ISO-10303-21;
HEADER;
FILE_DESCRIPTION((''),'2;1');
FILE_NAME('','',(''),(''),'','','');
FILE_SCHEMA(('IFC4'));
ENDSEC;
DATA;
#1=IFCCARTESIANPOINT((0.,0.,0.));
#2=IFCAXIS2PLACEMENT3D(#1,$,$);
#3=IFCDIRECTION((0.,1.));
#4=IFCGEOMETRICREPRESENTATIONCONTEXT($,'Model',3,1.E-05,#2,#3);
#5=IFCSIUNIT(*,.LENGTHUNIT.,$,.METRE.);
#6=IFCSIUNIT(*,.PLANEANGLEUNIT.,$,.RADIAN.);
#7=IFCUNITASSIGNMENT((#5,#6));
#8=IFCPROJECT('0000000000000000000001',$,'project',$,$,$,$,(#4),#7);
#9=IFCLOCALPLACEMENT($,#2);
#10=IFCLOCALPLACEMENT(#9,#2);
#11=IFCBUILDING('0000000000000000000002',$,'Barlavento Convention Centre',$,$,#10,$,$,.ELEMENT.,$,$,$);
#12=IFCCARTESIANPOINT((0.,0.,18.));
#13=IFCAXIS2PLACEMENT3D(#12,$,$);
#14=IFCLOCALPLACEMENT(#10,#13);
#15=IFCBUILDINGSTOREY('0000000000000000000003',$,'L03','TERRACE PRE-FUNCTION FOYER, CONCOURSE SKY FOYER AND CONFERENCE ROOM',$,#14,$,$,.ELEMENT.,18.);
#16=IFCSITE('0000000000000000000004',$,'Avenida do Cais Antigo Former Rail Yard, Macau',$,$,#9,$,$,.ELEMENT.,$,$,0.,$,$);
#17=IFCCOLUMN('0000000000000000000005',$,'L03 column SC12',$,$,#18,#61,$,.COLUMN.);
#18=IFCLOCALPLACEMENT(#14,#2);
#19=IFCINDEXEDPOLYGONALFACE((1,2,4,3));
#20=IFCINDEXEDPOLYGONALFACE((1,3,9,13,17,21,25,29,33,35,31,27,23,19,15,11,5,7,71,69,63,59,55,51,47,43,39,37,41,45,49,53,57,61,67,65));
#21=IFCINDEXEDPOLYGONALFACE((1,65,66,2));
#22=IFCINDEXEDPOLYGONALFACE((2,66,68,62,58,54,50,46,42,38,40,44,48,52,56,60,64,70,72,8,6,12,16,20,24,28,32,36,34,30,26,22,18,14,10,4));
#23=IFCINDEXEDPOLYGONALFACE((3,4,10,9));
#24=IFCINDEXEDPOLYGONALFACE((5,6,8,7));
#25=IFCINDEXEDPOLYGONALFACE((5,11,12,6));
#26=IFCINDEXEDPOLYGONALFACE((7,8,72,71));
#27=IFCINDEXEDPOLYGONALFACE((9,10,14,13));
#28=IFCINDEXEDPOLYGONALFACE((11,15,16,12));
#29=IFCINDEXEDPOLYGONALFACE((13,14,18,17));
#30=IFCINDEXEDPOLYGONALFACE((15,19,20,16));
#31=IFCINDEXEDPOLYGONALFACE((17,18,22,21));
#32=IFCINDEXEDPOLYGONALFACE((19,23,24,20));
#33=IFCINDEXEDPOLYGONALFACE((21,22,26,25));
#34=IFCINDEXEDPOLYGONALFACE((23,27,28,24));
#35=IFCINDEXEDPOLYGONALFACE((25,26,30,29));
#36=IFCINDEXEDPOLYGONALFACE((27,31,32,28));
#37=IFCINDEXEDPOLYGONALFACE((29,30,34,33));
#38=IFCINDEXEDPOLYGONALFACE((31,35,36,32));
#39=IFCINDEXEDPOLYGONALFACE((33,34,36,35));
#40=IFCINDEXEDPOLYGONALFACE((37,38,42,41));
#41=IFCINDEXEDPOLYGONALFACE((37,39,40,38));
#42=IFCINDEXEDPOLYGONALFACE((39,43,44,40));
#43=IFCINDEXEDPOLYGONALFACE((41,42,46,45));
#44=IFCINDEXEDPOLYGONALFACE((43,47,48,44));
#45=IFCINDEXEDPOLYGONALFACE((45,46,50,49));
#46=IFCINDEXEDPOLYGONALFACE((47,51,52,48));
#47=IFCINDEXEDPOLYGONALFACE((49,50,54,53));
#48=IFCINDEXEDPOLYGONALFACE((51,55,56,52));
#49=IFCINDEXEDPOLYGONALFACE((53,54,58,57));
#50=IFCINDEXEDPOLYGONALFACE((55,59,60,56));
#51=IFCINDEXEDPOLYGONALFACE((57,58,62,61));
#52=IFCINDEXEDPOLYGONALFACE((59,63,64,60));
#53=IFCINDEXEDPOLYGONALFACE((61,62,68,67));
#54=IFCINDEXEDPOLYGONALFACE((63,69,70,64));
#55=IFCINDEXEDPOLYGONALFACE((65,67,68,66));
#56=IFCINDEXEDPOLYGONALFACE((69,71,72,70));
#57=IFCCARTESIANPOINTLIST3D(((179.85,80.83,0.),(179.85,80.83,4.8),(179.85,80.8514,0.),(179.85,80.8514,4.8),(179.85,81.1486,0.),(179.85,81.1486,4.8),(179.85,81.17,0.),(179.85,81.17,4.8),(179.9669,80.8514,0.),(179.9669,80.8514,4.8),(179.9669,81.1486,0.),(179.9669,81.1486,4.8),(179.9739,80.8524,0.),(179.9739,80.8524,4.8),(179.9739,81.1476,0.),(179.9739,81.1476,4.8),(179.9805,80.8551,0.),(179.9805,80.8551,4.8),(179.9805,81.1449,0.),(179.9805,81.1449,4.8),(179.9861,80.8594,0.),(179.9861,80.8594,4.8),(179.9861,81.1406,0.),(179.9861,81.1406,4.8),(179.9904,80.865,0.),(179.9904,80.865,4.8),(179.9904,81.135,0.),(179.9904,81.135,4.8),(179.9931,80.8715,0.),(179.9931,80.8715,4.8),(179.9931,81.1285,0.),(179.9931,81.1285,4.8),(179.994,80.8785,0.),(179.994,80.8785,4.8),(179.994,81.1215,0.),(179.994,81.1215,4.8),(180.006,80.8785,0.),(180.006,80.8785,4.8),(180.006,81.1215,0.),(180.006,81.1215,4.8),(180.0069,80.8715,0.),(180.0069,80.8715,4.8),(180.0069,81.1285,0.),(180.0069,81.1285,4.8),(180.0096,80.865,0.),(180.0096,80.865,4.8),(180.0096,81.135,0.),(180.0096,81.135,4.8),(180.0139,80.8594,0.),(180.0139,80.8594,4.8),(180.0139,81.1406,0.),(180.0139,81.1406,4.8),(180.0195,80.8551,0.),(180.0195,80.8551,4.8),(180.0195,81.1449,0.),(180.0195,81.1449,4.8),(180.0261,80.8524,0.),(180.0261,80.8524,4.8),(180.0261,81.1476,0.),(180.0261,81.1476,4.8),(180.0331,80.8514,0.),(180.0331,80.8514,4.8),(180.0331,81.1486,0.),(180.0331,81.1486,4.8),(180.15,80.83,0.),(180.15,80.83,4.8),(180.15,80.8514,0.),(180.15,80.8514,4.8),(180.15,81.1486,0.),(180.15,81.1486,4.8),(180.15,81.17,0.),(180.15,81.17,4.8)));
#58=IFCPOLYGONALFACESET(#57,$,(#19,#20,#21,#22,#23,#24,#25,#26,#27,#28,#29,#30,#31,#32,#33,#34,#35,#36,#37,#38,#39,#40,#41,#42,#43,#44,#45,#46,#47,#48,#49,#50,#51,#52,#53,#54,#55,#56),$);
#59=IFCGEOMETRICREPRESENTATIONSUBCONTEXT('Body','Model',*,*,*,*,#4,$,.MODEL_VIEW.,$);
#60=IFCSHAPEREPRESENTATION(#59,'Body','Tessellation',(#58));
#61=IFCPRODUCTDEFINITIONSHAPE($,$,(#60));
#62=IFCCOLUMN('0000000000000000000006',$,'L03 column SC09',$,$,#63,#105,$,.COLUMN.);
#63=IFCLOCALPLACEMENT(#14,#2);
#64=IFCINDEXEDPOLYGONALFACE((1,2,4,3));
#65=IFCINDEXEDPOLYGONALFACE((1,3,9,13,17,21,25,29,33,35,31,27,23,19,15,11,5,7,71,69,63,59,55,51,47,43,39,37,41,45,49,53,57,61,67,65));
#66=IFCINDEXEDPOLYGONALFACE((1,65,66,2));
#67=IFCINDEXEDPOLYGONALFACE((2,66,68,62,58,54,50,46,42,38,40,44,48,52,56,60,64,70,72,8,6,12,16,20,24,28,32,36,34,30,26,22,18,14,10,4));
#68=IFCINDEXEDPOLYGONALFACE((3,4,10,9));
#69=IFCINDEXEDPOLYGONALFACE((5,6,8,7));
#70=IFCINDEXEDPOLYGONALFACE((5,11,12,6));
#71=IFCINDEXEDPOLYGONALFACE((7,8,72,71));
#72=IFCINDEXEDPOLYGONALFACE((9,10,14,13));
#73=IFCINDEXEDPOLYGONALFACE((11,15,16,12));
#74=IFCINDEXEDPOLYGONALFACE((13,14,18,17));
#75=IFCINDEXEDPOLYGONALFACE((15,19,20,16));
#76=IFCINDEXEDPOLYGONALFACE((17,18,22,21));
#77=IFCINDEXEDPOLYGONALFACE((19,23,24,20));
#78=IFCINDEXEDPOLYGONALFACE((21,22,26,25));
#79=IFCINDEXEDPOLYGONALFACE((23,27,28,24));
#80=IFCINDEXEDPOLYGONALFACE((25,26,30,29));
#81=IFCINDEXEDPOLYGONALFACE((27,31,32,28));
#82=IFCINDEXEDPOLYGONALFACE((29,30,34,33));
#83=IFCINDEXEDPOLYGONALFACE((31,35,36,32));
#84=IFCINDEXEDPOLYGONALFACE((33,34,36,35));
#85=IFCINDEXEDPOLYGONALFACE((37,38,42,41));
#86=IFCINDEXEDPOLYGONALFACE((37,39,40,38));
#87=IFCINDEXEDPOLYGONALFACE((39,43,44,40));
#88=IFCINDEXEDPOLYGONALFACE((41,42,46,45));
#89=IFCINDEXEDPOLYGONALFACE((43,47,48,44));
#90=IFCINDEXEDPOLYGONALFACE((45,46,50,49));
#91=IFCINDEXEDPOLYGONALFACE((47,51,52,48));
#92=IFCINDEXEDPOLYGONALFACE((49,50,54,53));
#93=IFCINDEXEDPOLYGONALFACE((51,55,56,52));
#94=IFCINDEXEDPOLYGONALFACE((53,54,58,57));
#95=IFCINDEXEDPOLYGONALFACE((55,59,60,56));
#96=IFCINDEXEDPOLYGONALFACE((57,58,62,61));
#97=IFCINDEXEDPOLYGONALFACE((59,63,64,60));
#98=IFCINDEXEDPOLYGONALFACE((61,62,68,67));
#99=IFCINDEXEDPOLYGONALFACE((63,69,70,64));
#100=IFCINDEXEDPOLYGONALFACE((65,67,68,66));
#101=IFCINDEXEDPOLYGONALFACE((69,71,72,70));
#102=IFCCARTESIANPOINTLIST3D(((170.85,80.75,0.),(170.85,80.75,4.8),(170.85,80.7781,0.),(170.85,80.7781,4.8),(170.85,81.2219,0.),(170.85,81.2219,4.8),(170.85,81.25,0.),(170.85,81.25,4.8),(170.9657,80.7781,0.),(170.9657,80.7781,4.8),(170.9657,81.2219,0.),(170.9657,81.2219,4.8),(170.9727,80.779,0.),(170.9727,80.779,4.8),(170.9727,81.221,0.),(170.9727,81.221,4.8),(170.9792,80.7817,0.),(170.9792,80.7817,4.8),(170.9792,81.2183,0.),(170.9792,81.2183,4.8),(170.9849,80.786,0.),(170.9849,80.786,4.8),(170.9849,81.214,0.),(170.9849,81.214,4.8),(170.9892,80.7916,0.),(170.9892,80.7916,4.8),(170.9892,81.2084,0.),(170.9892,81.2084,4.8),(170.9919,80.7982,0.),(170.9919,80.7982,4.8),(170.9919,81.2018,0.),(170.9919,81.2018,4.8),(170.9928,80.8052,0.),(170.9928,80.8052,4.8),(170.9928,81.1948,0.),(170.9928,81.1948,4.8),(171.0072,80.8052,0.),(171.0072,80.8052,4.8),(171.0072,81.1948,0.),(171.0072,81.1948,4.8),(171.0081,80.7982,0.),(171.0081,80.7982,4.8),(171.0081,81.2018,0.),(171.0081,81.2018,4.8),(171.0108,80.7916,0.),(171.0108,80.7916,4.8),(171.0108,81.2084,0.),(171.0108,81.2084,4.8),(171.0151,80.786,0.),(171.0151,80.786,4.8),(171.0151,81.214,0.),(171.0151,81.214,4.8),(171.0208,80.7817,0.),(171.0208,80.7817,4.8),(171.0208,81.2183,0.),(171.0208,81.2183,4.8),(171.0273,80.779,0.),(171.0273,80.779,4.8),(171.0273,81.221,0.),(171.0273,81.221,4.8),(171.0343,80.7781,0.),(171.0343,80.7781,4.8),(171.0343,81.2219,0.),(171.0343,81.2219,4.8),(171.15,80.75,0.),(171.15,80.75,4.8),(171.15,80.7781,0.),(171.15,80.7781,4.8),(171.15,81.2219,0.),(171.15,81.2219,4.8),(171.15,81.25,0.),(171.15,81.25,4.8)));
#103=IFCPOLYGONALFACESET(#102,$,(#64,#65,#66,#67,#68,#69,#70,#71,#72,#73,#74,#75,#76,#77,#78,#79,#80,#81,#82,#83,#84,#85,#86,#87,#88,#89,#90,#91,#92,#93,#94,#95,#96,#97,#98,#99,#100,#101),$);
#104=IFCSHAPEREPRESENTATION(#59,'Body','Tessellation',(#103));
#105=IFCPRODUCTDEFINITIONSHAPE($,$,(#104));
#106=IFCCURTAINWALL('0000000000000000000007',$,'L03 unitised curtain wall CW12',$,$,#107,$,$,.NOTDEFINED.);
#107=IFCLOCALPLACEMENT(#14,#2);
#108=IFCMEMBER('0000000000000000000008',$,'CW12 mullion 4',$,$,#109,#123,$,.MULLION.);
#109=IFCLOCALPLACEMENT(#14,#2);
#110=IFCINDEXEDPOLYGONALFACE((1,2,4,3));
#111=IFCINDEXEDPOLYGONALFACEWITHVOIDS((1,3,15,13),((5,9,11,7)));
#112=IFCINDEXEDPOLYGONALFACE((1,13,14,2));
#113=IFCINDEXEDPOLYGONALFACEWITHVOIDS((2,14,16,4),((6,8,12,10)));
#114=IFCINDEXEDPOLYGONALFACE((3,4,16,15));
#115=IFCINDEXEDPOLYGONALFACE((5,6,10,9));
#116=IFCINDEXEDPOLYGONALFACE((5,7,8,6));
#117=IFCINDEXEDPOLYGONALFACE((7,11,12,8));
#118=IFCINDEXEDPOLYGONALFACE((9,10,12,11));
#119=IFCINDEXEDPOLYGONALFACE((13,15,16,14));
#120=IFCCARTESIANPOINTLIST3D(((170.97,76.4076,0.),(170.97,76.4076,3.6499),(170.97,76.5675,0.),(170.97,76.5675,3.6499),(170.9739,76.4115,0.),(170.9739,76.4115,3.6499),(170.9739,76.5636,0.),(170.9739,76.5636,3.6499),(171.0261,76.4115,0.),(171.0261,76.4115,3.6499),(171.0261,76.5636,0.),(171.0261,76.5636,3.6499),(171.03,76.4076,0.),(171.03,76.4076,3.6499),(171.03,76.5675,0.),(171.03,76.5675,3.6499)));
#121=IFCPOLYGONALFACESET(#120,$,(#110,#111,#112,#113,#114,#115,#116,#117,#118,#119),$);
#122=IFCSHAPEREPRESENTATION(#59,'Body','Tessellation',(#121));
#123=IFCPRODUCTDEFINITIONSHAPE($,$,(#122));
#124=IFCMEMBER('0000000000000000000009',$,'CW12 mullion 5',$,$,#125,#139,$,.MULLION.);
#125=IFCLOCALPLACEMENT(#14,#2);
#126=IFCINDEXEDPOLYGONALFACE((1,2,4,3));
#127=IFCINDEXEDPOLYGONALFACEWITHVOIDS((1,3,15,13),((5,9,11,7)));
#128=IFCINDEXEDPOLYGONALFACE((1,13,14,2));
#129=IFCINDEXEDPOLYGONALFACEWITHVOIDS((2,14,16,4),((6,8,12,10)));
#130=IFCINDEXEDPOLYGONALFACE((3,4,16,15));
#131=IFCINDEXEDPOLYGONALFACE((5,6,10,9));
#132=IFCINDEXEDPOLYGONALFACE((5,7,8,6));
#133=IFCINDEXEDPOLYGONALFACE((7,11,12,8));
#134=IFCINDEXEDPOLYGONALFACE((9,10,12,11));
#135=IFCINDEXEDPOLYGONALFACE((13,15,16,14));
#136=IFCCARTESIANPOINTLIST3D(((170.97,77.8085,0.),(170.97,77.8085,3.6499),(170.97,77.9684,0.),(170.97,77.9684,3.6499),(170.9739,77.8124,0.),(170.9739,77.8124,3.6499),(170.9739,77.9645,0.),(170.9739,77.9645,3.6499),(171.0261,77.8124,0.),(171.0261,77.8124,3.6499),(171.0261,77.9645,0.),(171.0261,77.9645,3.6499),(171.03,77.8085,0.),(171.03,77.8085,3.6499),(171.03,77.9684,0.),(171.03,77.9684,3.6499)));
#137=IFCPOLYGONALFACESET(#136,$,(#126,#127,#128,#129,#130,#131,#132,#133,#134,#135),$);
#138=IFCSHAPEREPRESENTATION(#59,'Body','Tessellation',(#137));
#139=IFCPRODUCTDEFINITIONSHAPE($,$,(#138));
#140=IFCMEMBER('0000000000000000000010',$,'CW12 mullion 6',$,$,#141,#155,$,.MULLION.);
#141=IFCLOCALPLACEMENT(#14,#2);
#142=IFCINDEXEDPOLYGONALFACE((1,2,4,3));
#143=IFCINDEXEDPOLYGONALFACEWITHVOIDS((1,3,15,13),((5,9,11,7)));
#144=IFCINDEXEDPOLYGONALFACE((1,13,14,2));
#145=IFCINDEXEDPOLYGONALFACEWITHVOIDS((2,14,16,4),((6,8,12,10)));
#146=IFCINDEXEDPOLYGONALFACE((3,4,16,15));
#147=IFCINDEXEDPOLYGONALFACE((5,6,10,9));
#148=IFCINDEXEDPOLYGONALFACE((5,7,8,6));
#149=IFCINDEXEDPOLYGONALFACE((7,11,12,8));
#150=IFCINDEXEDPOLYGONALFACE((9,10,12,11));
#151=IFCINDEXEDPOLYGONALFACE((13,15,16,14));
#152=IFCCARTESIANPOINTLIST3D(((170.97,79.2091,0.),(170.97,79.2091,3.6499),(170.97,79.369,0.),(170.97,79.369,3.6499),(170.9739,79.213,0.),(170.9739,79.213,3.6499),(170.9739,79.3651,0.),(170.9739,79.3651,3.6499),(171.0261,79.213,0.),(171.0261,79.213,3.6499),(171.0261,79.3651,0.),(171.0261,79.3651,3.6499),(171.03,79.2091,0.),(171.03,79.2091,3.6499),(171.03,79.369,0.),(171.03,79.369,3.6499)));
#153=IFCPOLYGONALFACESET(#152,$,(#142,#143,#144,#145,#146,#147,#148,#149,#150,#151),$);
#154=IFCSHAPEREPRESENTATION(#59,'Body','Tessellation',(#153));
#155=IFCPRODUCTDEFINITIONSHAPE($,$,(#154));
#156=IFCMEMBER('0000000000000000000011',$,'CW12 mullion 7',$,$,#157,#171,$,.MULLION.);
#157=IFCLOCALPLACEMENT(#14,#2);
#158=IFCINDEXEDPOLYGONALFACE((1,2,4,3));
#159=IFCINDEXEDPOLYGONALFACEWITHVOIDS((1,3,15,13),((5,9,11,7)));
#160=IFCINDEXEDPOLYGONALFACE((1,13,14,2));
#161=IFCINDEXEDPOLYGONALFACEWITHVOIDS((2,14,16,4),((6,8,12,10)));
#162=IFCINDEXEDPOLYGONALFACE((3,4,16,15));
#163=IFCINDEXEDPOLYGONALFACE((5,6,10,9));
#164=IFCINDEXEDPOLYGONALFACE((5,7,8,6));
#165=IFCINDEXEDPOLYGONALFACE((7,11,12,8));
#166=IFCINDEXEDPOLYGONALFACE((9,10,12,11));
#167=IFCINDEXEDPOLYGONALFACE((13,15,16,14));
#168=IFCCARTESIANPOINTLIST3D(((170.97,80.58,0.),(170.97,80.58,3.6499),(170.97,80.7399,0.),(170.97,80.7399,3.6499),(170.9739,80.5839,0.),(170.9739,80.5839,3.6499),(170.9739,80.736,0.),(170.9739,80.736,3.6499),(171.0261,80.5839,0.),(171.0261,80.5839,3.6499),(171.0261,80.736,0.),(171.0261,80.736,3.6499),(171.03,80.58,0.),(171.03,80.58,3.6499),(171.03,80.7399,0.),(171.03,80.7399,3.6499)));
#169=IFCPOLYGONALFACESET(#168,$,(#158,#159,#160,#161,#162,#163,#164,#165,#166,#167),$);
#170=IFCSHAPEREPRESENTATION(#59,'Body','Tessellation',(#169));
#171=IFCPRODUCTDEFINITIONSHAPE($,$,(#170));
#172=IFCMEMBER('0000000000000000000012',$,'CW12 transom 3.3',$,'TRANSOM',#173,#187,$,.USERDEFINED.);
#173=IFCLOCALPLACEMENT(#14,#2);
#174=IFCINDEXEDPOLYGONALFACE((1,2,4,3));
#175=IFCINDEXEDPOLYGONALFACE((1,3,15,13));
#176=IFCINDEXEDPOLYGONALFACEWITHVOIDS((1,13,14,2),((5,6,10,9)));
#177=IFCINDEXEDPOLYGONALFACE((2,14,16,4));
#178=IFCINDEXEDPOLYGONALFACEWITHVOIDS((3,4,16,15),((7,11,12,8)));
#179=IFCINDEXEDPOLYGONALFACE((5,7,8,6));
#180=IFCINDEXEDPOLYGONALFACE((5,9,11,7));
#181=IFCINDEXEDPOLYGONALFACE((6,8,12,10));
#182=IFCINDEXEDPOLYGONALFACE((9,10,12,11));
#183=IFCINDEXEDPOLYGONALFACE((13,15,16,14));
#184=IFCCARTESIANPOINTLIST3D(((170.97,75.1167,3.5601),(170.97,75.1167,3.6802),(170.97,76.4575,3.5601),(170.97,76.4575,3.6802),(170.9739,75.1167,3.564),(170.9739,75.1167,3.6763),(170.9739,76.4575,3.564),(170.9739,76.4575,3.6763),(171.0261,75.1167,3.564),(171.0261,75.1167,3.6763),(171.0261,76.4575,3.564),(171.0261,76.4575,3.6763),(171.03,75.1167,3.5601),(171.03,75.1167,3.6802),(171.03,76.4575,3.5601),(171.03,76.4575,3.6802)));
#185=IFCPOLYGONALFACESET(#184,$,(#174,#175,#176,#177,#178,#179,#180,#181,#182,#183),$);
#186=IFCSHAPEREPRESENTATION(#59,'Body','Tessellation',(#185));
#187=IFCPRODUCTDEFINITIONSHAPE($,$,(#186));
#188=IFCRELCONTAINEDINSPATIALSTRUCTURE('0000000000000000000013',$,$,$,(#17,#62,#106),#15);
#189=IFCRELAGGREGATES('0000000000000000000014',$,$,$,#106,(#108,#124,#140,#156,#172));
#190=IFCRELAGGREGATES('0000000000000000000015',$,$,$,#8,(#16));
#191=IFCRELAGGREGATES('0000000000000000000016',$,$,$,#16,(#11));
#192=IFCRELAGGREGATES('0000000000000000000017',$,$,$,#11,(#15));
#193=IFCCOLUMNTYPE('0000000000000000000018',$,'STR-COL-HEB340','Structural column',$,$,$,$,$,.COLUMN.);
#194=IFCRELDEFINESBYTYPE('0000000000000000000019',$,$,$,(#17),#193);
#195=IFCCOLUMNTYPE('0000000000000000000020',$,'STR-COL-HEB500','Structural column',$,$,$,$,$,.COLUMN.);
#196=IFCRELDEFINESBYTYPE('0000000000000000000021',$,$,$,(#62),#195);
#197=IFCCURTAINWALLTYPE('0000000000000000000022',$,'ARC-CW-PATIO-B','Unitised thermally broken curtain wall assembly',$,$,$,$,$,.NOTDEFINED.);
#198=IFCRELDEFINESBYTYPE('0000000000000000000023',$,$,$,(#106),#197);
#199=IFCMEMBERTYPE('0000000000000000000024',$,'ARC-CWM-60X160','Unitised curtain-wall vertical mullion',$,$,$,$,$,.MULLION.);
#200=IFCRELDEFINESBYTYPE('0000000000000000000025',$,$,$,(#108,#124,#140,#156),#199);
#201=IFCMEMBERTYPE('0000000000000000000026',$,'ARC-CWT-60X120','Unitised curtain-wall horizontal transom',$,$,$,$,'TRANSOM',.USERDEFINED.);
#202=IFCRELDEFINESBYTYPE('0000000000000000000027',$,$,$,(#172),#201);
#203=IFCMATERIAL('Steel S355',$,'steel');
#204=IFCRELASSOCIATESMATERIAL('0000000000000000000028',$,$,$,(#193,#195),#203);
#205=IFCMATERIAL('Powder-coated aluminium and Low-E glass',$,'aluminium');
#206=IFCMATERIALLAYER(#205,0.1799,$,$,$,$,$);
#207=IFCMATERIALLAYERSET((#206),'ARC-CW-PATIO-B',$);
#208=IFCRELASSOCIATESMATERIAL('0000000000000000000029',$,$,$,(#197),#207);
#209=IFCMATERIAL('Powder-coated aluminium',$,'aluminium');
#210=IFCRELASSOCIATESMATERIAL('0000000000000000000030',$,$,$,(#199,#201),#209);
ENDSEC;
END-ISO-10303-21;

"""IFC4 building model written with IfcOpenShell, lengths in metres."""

from ifc_helpers import new_model, si_unit, direction, frame, origin, origin_2d, place, context, subcontext, project, spatial, hollow_rectangle, i_section, extrude, material, layer, layer_set, material_profile, profile_set, type_object, element, aggregate, save


model = new_model("IFC4")

# Units and contexts
model_context = context("Model", 3, precision=1e-05, world=origin(), true_north=direction((0.0, 1.0)))
body_context = subcontext(model_context, "Body", "Model", "MODEL_VIEW")
ifc_project = project(units=[si_unit("LENGTHUNIT", "METRE"), si_unit("PLANEANGLEUNIT", "RADIAN")], contexts=[model_context])

# Site, building, storey
site_placement = place(None, origin())
site = spatial("IfcSite", under=ifc_project, at=site_placement, Name="Avenida do Cais Antigo Former Rail Yard, Macau", CompositionType="ELEMENT", RefElevation=0.0)
building_placement = place(site_placement, origin())
building = spatial("IfcBuilding", under=site, at=building_placement, Name="Barlavento Convention Centre", CompositionType="ELEMENT")
storey_placement = place(building_placement, frame((0.0, 0.0, 18.0)))
storey = spatial("IfcBuildingStorey", under=building, at=storey_placement, Name="L03", Description="TERRACE PRE-FUNCTION FOYER, CONCOURSE SKY FOYER AND CONFERENCE ROOM", CompositionType="ELEMENT", Elevation=18.0)

# Columns
ifc_material_1 = material(Name="Steel S355", Category="steel")
ifc_material_profile_1 = material_profile(ifc_material_1, i_section(OverallWidth=0.3, OverallDepth=0.3401, WebThickness=0.012, FlangeThickness=0.0215, FilletRadius=0.0271, at=origin_2d()), Name="HEB 340")
ifc_profile_set_1 = profile_set([ifc_material_profile_1], Name="Steel S355")
column_type_1 = type_object("IfcColumnType", Name="STR-COL-HEB340", Description="Structural column", PredefinedType="COLUMN", material=ifc_profile_set_1)
column_1_placement = place(storey_placement, frame((180.0, 81.0, 0.0), z_axis=(0.0, 0.0, 1.0), x_axis=(1.0, 0.0, 0.0)))
element("IfcColumn", 1, at=column_1_placement, inside=storey, type_object=column_type_1, Name="L03 column SC12", PredefinedType="COLUMN", context=body_context, shape_type="SweptSolid", body=[
    extrude(i_section(OverallWidth=0.3, OverallDepth=0.3401, WebThickness=0.012, FlangeThickness=0.0215, FilletRadius=0.0271, at=origin_2d()), origin(), (0.0, 0.0, 1.0), 4.8),
])
ifc_material_profile_2 = material_profile(ifc_material_1, i_section(OverallWidth=0.3, OverallDepth=0.5, WebThickness=0.0144, FlangeThickness=0.0281, FilletRadius=0.0271, at=origin_2d()), Name="HEB 500")
ifc_profile_set_2 = profile_set([ifc_material_profile_2], Name="Steel S355")
column_type_2 = type_object("IfcColumnType", Name="STR-COL-HEB500", Description="Structural column", PredefinedType="COLUMN", material=ifc_profile_set_2)
column_2_placement = place(storey_placement, frame((171.0, 81.0, 0.0), z_axis=(0.0, 0.0, 1.0), x_axis=(1.0, 0.0, 0.0)))
element("IfcColumn", 2, at=column_2_placement, inside=storey, type_object=column_type_2, Name="L03 column SC09", PredefinedType="COLUMN", context=body_context, shape_type="SweptSolid", body=[
    extrude(i_section(OverallWidth=0.3, OverallDepth=0.5, WebThickness=0.0144, FlangeThickness=0.0281, FilletRadius=0.0271, at=origin_2d()), origin(), (0.0, 0.0, 1.0), 4.8),
])

# Curtain wall, members
ifc_material_2 = material(Name="Powder-coated aluminium and Low-E glass", Category="aluminium")
ifc_layer_1 = layer(ifc_material_2, 0.1799)
ifc_layer_set_1 = layer_set([ifc_layer_1], Name="ARC-CW-PATIO-B")
curtain_wall_type = type_object("IfcCurtainWallType", Name="ARC-CW-PATIO-B", Description="Unitised thermally broken curtain wall assembly", PredefinedType="NOTDEFINED", material=ifc_layer_set_1)
curtain_wall_placement = place(storey_placement, origin())
curtain_wall = element("IfcCurtainWall", 3, at=curtain_wall_placement, inside=storey, type_object=curtain_wall_type, Name="L03 unitised curtain wall CW12", PredefinedType="NOTDEFINED")
ifc_material_3 = material(Name="Powder-coated aluminium", Category="aluminium")
ifc_material_profile_3 = material_profile(ifc_material_3, hollow_rectangle(XDim=0.0601, YDim=0.1599, WallThickness=0.0039, at=origin_2d()), Name="AL-MULL 60x160x4")
ifc_profile_set_3 = profile_set([ifc_material_profile_3], Name="Powder-coated aluminium")
member_type_1 = type_object("IfcMemberType", Name="ARC-CWM-60X160", Description="Unitised curtain-wall vertical mullion", PredefinedType="MULLION", material=ifc_profile_set_3)
member_1_placement = place(storey_placement, frame((171.0, 76.4875, 0.0), z_axis=(0.0, 0.0, 1.0), x_axis=(-1.0, 0.0, 0.0)))
member_1 = element("IfcMember", 4, at=member_1_placement, type_object=member_type_1, Name="CW12 mullion 4", PredefinedType="MULLION", context=body_context, shape_type="SweptSolid", body=[
    extrude(hollow_rectangle(XDim=0.0601, YDim=0.1599, WallThickness=0.0039, at=origin_2d()), origin(), (0.0, 0.0, 1.0), 3.6499),
])
member_2_placement = place(storey_placement, frame((171.0, 77.8884, 0.0), z_axis=(0.0, 0.0, 1.0), x_axis=(-1.0, 0.0, 0.0)))
member_2 = element("IfcMember", 5, at=member_2_placement, type_object=member_type_1, Name="CW12 mullion 5", PredefinedType="MULLION", context=body_context, shape_type="SweptSolid", body=[
    extrude(hollow_rectangle(XDim=0.0601, YDim=0.1599, WallThickness=0.0039, at=origin_2d()), origin(), (0.0, 0.0, 1.0), 3.6499),
])
member_3_placement = place(storey_placement, frame((171.0, 79.2891, 0.0), z_axis=(0.0, 0.0, 1.0), x_axis=(-1.0, 0.0, 0.0)))
member_3 = element("IfcMember", 6, at=member_3_placement, type_object=member_type_1, Name="CW12 mullion 6", PredefinedType="MULLION", context=body_context, shape_type="SweptSolid", body=[
    extrude(hollow_rectangle(XDim=0.0601, YDim=0.1599, WallThickness=0.0039, at=origin_2d()), origin(), (0.0, 0.0, 1.0), 3.6499),
])
member_4_placement = place(storey_placement, frame((171.0, 80.6599, 0.0), z_axis=(0.0, 0.0, 1.0), x_axis=(-1.0, 0.0, 0.0)))
member_4 = element("IfcMember", 7, at=member_4_placement, type_object=member_type_1, Name="CW12 mullion 7", PredefinedType="MULLION", context=body_context, shape_type="SweptSolid", body=[
    extrude(hollow_rectangle(XDim=0.0601, YDim=0.1599, WallThickness=0.0039, at=origin_2d()), origin(), (0.0, 0.0, 1.0), 3.6499),
])
ifc_material_profile_4 = material_profile(ifc_material_3, hollow_rectangle(XDim=0.0601, YDim=0.1201, WallThickness=0.0039, at=origin_2d()), Name="AL-TRAN 60x120x4")
ifc_profile_set_4 = profile_set([ifc_material_profile_4], Name="Powder-coated aluminium")
member_type_2 = type_object("IfcMemberType", Name="ARC-CWT-60X120", Description="Unitised curtain-wall horizontal transom", ElementType="TRANSOM", PredefinedType="USERDEFINED", material=ifc_profile_set_4)
member_5_placement = place(storey_placement, frame((171.0, 75.1167, 3.6201), z_axis=(0.0, 1.0, 0.0), x_axis=(-1.0, 0.0, 0.0)))
member_5 = element("IfcMember", 8, at=member_5_placement, type_object=member_type_2, Name="CW12 transom 3.3", ObjectType="TRANSOM", PredefinedType="USERDEFINED", context=body_context, shape_type="SweptSolid", body=[
    extrude(hollow_rectangle(XDim=0.0601, YDim=0.1201, WallThickness=0.0039, at=origin_2d()), origin(), (0.0, 0.0, 1.0), 1.3408),
])

aggregate(curtain_wall, [member_1, member_2, member_3, member_4, member_5])

save(model, "model.ifc")
